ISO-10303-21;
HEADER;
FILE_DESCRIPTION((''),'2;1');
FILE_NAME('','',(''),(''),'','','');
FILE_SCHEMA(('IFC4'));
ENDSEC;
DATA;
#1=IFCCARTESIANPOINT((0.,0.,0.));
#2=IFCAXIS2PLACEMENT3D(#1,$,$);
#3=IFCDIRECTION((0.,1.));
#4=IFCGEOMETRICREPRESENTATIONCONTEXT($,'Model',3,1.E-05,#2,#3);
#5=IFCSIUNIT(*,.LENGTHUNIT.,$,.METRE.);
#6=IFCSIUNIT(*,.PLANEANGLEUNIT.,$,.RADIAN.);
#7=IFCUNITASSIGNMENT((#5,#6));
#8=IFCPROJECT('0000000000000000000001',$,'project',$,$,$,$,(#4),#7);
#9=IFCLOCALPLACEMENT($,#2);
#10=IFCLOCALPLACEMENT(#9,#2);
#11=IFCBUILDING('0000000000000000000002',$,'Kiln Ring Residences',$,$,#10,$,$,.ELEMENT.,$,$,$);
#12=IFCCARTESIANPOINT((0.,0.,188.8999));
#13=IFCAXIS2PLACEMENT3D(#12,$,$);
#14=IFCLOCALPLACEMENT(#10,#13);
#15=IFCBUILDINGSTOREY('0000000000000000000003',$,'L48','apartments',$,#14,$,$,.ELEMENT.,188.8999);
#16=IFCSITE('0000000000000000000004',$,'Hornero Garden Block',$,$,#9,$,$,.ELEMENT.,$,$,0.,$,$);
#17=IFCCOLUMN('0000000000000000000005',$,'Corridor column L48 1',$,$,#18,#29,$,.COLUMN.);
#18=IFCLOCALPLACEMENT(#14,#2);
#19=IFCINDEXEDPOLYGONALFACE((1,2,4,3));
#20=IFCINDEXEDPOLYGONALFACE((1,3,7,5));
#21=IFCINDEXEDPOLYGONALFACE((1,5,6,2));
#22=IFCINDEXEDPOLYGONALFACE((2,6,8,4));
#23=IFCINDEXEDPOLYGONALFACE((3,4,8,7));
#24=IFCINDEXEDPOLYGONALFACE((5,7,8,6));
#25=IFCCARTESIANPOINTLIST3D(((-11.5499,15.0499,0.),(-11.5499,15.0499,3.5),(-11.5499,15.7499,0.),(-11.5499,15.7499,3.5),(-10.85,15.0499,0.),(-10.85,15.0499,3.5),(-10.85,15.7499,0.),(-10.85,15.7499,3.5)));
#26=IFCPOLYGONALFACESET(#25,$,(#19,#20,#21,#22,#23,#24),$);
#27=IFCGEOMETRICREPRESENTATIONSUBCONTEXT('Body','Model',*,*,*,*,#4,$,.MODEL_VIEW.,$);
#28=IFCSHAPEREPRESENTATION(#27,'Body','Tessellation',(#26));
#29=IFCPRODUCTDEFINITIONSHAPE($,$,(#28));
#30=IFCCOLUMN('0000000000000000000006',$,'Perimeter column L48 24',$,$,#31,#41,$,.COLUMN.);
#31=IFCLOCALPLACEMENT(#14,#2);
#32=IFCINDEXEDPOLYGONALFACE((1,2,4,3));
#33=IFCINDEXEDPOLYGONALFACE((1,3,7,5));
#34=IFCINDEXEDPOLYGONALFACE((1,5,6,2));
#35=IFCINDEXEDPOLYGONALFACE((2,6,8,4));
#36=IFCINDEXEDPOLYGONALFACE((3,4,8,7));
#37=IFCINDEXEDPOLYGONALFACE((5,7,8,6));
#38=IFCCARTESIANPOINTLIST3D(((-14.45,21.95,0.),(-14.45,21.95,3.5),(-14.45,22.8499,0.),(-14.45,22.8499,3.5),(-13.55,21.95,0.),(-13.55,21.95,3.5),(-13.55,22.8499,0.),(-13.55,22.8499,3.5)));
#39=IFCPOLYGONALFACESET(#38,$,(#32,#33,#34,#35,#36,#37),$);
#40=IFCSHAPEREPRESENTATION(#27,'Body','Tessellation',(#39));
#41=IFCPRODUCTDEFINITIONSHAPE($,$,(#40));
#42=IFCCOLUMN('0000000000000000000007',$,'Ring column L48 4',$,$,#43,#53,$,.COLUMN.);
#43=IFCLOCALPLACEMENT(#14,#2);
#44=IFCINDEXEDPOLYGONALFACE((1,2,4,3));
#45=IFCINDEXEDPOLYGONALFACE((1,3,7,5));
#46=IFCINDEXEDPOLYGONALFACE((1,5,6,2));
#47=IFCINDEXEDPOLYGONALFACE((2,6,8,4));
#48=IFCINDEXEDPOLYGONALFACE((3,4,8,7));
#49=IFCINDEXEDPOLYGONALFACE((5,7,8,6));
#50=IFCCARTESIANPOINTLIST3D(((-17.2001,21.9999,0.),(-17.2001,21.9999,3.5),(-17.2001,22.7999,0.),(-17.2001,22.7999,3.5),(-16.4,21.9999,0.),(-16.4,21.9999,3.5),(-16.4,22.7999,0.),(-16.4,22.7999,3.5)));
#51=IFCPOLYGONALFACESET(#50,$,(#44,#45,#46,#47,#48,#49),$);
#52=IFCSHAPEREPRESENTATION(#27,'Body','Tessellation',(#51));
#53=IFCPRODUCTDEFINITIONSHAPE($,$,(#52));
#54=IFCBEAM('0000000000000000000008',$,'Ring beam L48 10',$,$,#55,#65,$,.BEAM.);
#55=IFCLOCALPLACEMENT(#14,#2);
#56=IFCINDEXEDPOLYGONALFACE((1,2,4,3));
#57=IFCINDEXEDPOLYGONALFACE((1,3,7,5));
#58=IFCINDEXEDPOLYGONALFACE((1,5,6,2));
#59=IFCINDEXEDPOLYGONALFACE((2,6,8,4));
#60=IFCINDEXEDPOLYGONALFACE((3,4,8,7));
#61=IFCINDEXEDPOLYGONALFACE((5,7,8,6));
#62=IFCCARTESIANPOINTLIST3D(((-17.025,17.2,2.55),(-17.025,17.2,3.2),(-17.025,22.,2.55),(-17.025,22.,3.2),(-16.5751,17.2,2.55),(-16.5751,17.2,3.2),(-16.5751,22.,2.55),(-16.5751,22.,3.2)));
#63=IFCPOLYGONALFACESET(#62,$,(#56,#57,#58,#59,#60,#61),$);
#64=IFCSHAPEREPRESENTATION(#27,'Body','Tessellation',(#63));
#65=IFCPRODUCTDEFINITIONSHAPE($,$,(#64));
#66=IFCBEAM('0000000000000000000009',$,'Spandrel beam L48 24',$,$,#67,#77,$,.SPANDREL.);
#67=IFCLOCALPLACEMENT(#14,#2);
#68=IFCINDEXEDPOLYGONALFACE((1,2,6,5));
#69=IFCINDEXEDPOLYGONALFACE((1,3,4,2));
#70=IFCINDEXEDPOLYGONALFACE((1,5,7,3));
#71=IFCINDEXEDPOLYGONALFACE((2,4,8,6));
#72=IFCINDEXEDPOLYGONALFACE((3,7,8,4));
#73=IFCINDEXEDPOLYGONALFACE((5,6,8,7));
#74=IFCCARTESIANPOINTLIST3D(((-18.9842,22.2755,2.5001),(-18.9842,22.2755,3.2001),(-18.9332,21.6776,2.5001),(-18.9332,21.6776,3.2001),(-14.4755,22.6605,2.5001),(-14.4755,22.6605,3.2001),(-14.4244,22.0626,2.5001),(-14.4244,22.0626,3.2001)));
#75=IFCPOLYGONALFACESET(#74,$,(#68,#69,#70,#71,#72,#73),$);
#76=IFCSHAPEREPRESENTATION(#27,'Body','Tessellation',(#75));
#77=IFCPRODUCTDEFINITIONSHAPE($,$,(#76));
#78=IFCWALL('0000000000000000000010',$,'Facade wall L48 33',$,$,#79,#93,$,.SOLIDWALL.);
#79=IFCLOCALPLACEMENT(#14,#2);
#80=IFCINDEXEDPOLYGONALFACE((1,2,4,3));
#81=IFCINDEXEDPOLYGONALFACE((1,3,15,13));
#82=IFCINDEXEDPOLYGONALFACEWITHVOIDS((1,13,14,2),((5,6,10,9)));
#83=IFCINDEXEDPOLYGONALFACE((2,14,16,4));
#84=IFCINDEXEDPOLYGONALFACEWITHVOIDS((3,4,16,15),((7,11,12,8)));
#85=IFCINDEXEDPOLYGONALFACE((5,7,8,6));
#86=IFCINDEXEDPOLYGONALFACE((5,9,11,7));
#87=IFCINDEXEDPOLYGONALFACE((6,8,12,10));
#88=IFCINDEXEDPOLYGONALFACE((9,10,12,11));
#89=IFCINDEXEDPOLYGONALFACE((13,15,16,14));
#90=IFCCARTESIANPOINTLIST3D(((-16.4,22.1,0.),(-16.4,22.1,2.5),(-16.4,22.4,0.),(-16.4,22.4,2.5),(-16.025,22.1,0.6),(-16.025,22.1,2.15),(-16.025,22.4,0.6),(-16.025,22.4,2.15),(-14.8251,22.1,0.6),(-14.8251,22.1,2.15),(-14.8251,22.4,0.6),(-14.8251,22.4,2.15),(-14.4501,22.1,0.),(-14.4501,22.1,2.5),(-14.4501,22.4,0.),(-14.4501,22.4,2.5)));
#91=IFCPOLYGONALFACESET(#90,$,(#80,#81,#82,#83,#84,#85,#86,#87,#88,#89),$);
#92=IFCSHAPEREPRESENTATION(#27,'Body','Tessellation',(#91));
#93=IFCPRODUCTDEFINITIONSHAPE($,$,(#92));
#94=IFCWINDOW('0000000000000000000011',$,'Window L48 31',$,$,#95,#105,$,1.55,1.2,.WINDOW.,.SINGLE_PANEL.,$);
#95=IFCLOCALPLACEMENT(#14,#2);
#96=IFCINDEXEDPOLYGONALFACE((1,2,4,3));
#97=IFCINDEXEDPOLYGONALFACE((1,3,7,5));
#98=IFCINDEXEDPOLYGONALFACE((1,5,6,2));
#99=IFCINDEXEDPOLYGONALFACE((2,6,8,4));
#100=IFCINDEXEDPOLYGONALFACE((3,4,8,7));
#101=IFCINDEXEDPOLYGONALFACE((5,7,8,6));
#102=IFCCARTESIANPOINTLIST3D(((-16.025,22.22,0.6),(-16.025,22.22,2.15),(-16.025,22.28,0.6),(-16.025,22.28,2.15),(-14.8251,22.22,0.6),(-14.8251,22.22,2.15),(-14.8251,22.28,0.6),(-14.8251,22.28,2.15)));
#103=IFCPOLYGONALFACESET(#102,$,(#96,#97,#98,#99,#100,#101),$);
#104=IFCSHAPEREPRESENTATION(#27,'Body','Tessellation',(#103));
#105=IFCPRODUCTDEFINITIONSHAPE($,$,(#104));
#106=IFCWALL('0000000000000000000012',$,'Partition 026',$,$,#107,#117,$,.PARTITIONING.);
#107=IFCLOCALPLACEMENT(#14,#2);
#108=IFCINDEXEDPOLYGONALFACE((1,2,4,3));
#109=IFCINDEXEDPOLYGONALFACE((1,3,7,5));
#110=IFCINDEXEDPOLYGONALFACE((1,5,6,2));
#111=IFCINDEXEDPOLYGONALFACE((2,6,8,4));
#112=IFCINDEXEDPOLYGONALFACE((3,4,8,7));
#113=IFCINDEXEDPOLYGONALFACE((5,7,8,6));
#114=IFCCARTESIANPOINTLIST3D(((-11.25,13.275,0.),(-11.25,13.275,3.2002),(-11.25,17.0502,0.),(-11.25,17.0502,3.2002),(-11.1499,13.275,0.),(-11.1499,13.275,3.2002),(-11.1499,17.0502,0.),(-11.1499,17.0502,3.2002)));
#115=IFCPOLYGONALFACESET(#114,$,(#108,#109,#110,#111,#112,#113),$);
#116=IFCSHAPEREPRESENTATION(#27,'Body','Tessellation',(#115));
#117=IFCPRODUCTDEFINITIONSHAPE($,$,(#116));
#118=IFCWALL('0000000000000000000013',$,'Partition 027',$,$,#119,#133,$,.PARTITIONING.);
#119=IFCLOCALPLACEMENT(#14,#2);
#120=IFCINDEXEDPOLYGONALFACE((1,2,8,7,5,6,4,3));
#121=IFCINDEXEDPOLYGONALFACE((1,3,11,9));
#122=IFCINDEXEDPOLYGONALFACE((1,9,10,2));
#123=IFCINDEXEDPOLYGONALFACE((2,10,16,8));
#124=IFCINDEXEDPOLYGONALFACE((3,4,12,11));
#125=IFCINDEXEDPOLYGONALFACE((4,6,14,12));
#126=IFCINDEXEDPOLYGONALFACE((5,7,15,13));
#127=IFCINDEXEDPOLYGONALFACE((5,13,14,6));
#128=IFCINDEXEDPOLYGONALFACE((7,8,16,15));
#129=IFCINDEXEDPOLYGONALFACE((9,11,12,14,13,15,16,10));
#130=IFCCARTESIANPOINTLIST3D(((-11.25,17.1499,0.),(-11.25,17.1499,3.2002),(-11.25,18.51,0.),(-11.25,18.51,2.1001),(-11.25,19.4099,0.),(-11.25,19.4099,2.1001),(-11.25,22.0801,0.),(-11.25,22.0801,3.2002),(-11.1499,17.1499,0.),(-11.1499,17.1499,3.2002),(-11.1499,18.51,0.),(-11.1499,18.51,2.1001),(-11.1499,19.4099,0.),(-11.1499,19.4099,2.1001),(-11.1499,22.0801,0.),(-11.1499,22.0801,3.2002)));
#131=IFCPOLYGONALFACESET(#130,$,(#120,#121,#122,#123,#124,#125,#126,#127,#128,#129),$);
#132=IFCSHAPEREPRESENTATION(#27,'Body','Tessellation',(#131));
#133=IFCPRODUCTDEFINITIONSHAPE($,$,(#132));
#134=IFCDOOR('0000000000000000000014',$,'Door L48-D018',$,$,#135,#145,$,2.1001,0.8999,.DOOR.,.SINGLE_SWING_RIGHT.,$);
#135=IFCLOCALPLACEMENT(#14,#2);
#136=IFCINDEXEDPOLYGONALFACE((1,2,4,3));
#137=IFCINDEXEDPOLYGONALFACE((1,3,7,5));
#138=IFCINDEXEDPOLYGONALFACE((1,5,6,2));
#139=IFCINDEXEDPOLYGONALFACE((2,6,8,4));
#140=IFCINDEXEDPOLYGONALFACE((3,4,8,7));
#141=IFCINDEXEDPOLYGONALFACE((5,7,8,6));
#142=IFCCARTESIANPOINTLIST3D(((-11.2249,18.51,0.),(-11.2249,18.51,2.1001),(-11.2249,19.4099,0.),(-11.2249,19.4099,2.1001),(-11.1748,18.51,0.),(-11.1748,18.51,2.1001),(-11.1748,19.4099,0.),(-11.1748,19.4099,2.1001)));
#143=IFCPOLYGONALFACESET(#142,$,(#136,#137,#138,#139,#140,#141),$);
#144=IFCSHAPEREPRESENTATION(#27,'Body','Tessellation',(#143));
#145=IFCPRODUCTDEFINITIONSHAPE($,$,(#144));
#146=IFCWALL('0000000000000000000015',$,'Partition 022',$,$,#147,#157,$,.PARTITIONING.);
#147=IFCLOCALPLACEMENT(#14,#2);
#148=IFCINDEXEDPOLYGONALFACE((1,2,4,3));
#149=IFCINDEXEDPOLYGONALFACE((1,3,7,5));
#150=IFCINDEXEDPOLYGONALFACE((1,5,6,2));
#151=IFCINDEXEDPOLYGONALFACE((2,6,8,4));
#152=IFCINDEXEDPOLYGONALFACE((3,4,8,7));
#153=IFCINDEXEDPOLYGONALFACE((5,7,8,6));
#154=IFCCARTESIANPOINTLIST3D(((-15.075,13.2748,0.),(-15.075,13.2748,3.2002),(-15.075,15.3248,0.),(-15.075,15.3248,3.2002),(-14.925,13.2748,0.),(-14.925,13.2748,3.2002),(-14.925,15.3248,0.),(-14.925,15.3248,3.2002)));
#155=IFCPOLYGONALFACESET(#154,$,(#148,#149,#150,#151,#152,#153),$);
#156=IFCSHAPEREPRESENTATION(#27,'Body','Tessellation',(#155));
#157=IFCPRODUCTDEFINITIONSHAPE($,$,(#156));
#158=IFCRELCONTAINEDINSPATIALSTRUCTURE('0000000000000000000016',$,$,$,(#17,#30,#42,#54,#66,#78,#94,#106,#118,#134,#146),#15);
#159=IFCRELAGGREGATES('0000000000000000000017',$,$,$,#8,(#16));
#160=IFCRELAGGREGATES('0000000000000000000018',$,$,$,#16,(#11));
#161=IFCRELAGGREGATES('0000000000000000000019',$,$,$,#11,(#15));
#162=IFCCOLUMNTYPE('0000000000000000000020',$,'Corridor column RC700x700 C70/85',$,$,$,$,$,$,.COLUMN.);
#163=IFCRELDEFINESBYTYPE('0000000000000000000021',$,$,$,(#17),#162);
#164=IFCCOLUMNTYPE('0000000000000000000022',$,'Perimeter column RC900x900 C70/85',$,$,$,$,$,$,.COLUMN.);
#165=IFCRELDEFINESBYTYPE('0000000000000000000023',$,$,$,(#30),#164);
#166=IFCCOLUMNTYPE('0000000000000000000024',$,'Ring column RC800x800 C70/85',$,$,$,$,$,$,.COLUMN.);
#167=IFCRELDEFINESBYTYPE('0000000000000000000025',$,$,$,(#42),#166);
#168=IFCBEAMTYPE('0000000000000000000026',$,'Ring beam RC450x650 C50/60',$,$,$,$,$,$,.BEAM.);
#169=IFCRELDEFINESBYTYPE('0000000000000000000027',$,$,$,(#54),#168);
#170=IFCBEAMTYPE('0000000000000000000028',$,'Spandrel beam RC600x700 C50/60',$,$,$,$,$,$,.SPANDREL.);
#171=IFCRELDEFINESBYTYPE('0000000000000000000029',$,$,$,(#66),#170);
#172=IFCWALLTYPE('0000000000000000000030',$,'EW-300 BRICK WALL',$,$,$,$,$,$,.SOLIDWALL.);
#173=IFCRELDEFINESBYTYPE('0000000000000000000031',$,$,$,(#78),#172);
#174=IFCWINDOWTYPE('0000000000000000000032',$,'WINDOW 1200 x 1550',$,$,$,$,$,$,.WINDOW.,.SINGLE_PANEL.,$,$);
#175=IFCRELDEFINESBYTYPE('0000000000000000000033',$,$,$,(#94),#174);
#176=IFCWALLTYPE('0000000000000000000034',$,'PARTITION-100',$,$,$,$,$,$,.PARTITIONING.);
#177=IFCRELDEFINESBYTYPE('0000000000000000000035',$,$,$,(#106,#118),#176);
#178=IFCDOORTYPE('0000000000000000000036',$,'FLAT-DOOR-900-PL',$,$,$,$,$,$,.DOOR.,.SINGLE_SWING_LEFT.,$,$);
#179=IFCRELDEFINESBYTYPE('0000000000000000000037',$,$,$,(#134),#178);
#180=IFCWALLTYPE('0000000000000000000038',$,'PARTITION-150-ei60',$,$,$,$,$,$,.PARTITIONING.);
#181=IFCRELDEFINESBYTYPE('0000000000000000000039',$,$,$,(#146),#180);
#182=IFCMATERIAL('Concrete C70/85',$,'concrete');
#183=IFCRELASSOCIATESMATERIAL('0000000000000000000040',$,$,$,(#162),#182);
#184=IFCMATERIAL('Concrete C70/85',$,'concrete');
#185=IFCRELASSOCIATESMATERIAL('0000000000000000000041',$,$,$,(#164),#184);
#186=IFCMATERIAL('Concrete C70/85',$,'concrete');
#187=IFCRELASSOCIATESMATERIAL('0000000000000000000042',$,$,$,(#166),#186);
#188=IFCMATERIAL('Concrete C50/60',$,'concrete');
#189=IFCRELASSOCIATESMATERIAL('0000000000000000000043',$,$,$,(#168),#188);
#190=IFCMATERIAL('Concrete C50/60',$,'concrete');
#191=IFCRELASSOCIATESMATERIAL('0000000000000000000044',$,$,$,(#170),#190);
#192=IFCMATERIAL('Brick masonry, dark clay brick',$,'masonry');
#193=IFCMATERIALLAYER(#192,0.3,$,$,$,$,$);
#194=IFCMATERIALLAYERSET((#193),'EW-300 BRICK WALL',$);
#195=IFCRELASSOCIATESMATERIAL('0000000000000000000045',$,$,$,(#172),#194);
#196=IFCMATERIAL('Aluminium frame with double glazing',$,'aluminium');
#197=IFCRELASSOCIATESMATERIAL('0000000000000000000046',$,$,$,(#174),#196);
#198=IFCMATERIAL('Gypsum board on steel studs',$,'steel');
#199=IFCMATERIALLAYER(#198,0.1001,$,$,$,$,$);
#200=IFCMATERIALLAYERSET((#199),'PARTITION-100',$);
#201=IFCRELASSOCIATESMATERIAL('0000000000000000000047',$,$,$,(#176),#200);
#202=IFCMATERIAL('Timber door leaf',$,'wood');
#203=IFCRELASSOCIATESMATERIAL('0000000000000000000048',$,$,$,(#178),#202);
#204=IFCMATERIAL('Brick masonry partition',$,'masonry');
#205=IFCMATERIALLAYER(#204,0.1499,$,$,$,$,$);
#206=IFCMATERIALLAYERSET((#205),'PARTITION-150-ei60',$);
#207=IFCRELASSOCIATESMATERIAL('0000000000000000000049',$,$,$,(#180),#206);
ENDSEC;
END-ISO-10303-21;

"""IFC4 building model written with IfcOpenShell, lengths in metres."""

from ifc_helpers import new_model, si_unit, direction, frame, frame_2d, origin, origin_2d, place, context, subcontext, project, spatial, rectangle, extrude, material, layer, layer_set, material_profile, profile_set, type_object, element, fill, save


model = new_model("IFC4")

# Units and contexts
model_context = context("Model", 3, precision=1e-05, world=origin(), true_north=direction((0.0, 1.0)))
body_context = subcontext(model_context, "Body", "Model", "MODEL_VIEW")
ifc_project = project(units=[si_unit("LENGTHUNIT", "METRE"), si_unit("PLANEANGLEUNIT", "RADIAN")], contexts=[model_context])

# Site, building, storey
site_placement = place(None, origin())
site = spatial("IfcSite", under=ifc_project, at=site_placement, Name="Hornero Garden Block", CompositionType="ELEMENT", RefElevation=0.0)
building_placement = place(site_placement, origin())
building = spatial("IfcBuilding", under=site, at=building_placement, Name="Kiln Ring Residences", CompositionType="ELEMENT")
storey_placement = place(building_placement, frame((0.0, 0.0, 188.8999)))
storey = spatial("IfcBuildingStorey", under=building, at=storey_placement, Name="L48", Description="apartments", CompositionType="ELEMENT", Elevation=188.8999)

# Columns
ifc_material_1 = material(Name="Concrete C70/85", Category="concrete")
ifc_material_profile_1 = material_profile(ifc_material_1, rectangle(XDim=0.7, YDim=0.7, at=origin_2d()), Name="RC700x700")
ifc_profile_set_1 = profile_set([ifc_material_profile_1], Name="Concrete C70/85")
column_type_1 = type_object("IfcColumnType", Name="Corridor column RC700x700 C70/85", PredefinedType="COLUMN", material=ifc_profile_set_1)
column_1_placement = place(storey_placement, frame((-11.2, 15.3999, 0.0), z_axis=(0.0, 0.0, 1.0), x_axis=(1.0, 0.0, 0.0)))
element("IfcColumn", 1, at=column_1_placement, inside=storey, type_object=column_type_1, Name="Corridor column L48 1", PredefinedType="COLUMN", context=body_context, shape_type="SweptSolid", body=[
    extrude(rectangle(XDim=0.7, YDim=0.7, at=origin_2d()), origin(), (0.0, 0.0, 1.0), 3.5),
])
ifc_material_2 = material(Name="Concrete C70/85", Category="concrete")
ifc_material_profile_2 = material_profile(ifc_material_2, rectangle(XDim=0.8999, YDim=0.8999, at=origin_2d()), Name="RC900x900")
ifc_profile_set_2 = profile_set([ifc_material_profile_2], Name="Concrete C70/85")
column_type_2 = type_object("IfcColumnType", Name="Perimeter column RC900x900 C70/85", PredefinedType="COLUMN", material=ifc_profile_set_2)
column_2_placement = place(storey_placement, frame((-14.0, 22.3999, 0.0), z_axis=(0.0, 0.0, 1.0), x_axis=(1.0, 0.0, 0.0)))
element("IfcColumn", 2, at=column_2_placement, inside=storey, type_object=column_type_2, Name="Perimeter column L48 24", PredefinedType="COLUMN", context=body_context, shape_type="SweptSolid", body=[
    extrude(rectangle(XDim=0.8999, YDim=0.8999, at=origin_2d()), origin(), (0.0, 0.0, 1.0), 3.5),
])
ifc_material_3 = material(Name="Concrete C70/85", Category="concrete")
ifc_material_profile_3 = material_profile(ifc_material_3, rectangle(XDim=0.8, YDim=0.8, at=origin_2d()), Name="RC800x800")
ifc_profile_set_3 = profile_set([ifc_material_profile_3], Name="Concrete C70/85")
column_type_3 = type_object("IfcColumnType", Name="Ring column RC800x800 C70/85", PredefinedType="COLUMN", material=ifc_profile_set_3)
column_3_placement = place(storey_placement, frame((-16.8, 22.3999, 0.0), z_axis=(0.0, 0.0, 1.0), x_axis=(1.0, 0.0, 0.0)))
element("IfcColumn", 3, at=column_3_placement, inside=storey, type_object=column_type_3, Name="Ring column L48 4", PredefinedType="COLUMN", context=body_context, shape_type="SweptSolid", body=[
    extrude(rectangle(XDim=0.8, YDim=0.8, at=origin_2d()), origin(), (0.0, 0.0, 1.0), 3.5),
])

# Beams
ifc_material_4 = material(Name="Concrete C50/60", Category="concrete")
ifc_material_profile_4 = material_profile(ifc_material_4, rectangle(XDim=0.45, YDim=0.6499, at=origin_2d()), Name="RC450x650")
ifc_profile_set_4 = profile_set([ifc_material_profile_4], Name="Concrete C50/60")
beam_type_1 = type_object("IfcBeamType", Name="Ring beam RC450x650 C50/60", PredefinedType="BEAM", material=ifc_profile_set_4)
beam_1_placement = place(storey_placement, frame((-16.8, 17.2, 2.875), z_axis=(0.0, 1.0, 0.0), x_axis=(-1.0, 0.0, 0.0)))
element("IfcBeam", 4, at=beam_1_placement, inside=storey, type_object=beam_type_1, Name="Ring beam L48 10", PredefinedType="BEAM", context=body_context, shape_type="SweptSolid", body=[
    extrude(rectangle(XDim=0.45, YDim=0.6499, at=origin_2d()), origin(), (0.0, 0.0, 1.0), 4.8),
])
ifc_material_5 = material(Name="Concrete C50/60", Category="concrete")
ifc_material_profile_5 = material_profile(ifc_material_5, rectangle(XDim=0.6001, YDim=0.7, at=origin_2d()), Name="RC600x700")
ifc_profile_set_5 = profile_set([ifc_material_profile_5], Name="Concrete C50/60")
beam_type_2 = type_object("IfcBeamType", Name="Spandrel beam RC600x700 C50/60", PredefinedType="SPANDREL", material=ifc_profile_set_5)
beam_2_placement = place(storey_placement, frame((-14.45, 22.3616, 2.8501), z_axis=(-0.996374, -0.085081, 0.0), x_axis=(0.085081, -0.996374, 0.0)))
element("IfcBeam", 5, at=beam_2_placement, inside=storey, type_object=beam_type_2, Name="Spandrel beam L48 24", PredefinedType="SPANDREL", context=body_context, shape_type="SweptSolid", body=[
    extrude(rectangle(XDim=0.6001, YDim=0.7, at=origin_2d()), origin(), (0.0, 0.0, 1.0), 4.5251),
])

# Wall, opening, window
ifc_material_6 = material(Name="Brick masonry, dark clay brick", Category="masonry")
ifc_layer_1 = layer(ifc_material_6, 0.3)
ifc_layer_set_1 = layer_set([ifc_layer_1], Name="EW-300 BRICK WALL")
wall_type_1 = type_object("IfcWallType", Name="EW-300 BRICK WALL", PredefinedType="SOLIDWALL", material=ifc_layer_set_1)
wall_1_placement = place(storey_placement, frame((-14.45, 22.25, 0.0), z_axis=(0.0, 0.0, 1.0), x_axis=(-1.0, 0.0, 0.0)))
wall_1 = element("IfcWall", 6, at=wall_1_placement, inside=storey, type_object=wall_type_1, Name="Facade wall L48 33", PredefinedType="SOLIDWALL", context=body_context, shape_type="SweptSolid", body=[
    extrude(rectangle(XDim=1.95, YDim=0.3, at=frame_2d((0.9751, 0.0))), origin(), (0.0, 0.0, 1.0), 2.5),
])
opening_1_placement = place(wall_1_placement, frame((0.375, 0.0, 0.6001)))
opening_1 = element("IfcOpeningElement", 7, at=opening_1_placement, cuts=wall_1, PredefinedType="OPENING", context=body_context, shape_type="SweptSolid", body=[
    extrude(rectangle(XDim=1.2, YDim=1.55, at=frame_2d((0.6001, 0.7749))), frame((0.0, 0.1599, 0.0), z_axis=(0.0, -1.0, 0.0), x_axis=(1.0, 0.0, 0.0)), (0.0, 0.0, 1.0), 0.3201),
])
ifc_material_7 = material(Name="Aluminium frame with double glazing", Category="aluminium")
window_type = type_object("IfcWindowType", Name="WINDOW 1200 x 1550", PartitioningType="SINGLE_PANEL", PredefinedType="WINDOW", material=ifc_material_7)
window_placement = place(opening_1_placement, origin())
window = element("IfcWindow", 8, at=window_placement, inside=storey, type_object=window_type, Name="Window L48 31", OverallHeight=1.55, OverallWidth=1.2, PartitioningType="SINGLE_PANEL", PredefinedType="WINDOW", context=body_context, shape_type="SweptSolid", body=[
    extrude(rectangle(XDim=1.2, YDim=1.55, at=frame_2d((0.6001, 0.7749))), frame((0.0, 0.03, 0.0), z_axis=(0.0, -1.0, 0.0), x_axis=(1.0, 0.0, 0.0)), (0.0, 0.0, 1.0), 0.0601),
])
fill(opening_1, window)

# Shared definitions
ifc_material_8 = material(Name="Gypsum board on steel studs", Category="steel")
ifc_layer_2 = layer(ifc_material_8, 0.1001)
ifc_layer_set_2 = layer_set([ifc_layer_2], Name="PARTITION-100")
wall_type_2 = type_object("IfcWallType", Name="PARTITION-100", PredefinedType="PARTITIONING", material=ifc_layer_set_2)
ifc_material_9 = material(Name="Timber door leaf", Category="wood")
door_type_1 = type_object("IfcDoorType", Name="FLAT-DOOR-900-PL", OperationType="SINGLE_SWING_LEFT", PredefinedType="DOOR", material=ifc_material_9)

# Wall
wall_2_placement = place(storey_placement, frame((-11.2, 13.2749, 0.0), z_axis=(0.0, 0.0, 1.0), x_axis=(0.0, 1.0, 0.0)))
element("IfcWall", 9, at=wall_2_placement, inside=storey, type_object=wall_type_2, Name="Partition 026", PredefinedType="PARTITIONING", context=body_context, shape_type="SweptSolid", body=[
    extrude(rectangle(XDim=3.7751, YDim=0.1001, at=frame_2d((1.8877, 0.0))), origin(), (0.0, 0.0, 1.0), 3.2002),
])

# Wall, opening, door
wall_3_placement = place(storey_placement, frame((-11.2, 17.1499, 0.0), z_axis=(0.0, 0.0, 1.0), x_axis=(0.0, 1.0, 0.0)))
wall_3 = element("IfcWall", 10, at=wall_3_placement, inside=storey, type_object=wall_type_2, Name="Partition 027", PredefinedType="PARTITIONING", context=body_context, shape_type="SweptSolid", body=[
    extrude(rectangle(XDim=4.9302, YDim=0.1001, at=frame_2d((2.4651, 0.0))), origin(), (0.0, 0.0, 1.0), 3.2002),
])
opening_2_placement = place(wall_3_placement, frame((1.3601, 0.0, 0.0)))
opening_2 = element("IfcOpeningElement", 11, at=opening_2_placement, cuts=wall_3, PredefinedType="OPENING", context=body_context, shape_type="SweptSolid", body=[
    extrude(rectangle(XDim=0.8999, YDim=2.1001, at=frame_2d((0.45, 1.05))), frame((0.0, 0.0601, 0.0), z_axis=(0.0, -1.0, 0.0), x_axis=(1.0, 0.0, 0.0)), (0.0, 0.0, 1.0), 0.1201),
])
door_1_placement = place(opening_2_placement, origin())
door_1 = element("IfcDoor", 12, at=door_1_placement, inside=storey, type_object=door_type_1, Name="Door L48-D018", OperationType="SINGLE_SWING_RIGHT", OverallHeight=2.1001, OverallWidth=0.8999, PredefinedType="DOOR", context=body_context, shape_type="SweptSolid", body=[
    extrude(rectangle(XDim=0.8999, YDim=2.1001, at=frame_2d((0.45, 1.05))), frame((0.0, 0.0249, 0.0), z_axis=(0.0, -1.0, 0.0), x_axis=(1.0, 0.0, 0.0)), (0.0, 0.0, 1.0), 0.05),
])
fill(opening_2, door_1)

# Wall
ifc_material_10 = material(Name="Brick masonry partition", Category="masonry")
ifc_layer_3 = layer(ifc_material_10, 0.1499)
ifc_layer_set_3 = layer_set([ifc_layer_3], Name="PARTITION-150-ei60")
wall_type_3 = type_object("IfcWallType", Name="PARTITION-150-ei60", PredefinedType="PARTITIONING", material=ifc_layer_set_3)
wall_4_placement = place(storey_placement, frame((-15.0, 13.2749, 0.0), z_axis=(0.0, 0.0, 1.0), x_axis=(0.0, 1.0, 0.0)))
element("IfcWall", 13, at=wall_4_placement, inside=storey, type_object=wall_type_3, Name="Partition 022", PredefinedType="PARTITIONING", context=body_context, shape_type="SweptSolid", body=[
    extrude(rectangle(XDim=2.05, YDim=0.1499, at=frame_2d((1.0249, 0.0))), origin(), (0.0, 0.0, 1.0), 3.2002),
])

save(model, "model.ifc")
